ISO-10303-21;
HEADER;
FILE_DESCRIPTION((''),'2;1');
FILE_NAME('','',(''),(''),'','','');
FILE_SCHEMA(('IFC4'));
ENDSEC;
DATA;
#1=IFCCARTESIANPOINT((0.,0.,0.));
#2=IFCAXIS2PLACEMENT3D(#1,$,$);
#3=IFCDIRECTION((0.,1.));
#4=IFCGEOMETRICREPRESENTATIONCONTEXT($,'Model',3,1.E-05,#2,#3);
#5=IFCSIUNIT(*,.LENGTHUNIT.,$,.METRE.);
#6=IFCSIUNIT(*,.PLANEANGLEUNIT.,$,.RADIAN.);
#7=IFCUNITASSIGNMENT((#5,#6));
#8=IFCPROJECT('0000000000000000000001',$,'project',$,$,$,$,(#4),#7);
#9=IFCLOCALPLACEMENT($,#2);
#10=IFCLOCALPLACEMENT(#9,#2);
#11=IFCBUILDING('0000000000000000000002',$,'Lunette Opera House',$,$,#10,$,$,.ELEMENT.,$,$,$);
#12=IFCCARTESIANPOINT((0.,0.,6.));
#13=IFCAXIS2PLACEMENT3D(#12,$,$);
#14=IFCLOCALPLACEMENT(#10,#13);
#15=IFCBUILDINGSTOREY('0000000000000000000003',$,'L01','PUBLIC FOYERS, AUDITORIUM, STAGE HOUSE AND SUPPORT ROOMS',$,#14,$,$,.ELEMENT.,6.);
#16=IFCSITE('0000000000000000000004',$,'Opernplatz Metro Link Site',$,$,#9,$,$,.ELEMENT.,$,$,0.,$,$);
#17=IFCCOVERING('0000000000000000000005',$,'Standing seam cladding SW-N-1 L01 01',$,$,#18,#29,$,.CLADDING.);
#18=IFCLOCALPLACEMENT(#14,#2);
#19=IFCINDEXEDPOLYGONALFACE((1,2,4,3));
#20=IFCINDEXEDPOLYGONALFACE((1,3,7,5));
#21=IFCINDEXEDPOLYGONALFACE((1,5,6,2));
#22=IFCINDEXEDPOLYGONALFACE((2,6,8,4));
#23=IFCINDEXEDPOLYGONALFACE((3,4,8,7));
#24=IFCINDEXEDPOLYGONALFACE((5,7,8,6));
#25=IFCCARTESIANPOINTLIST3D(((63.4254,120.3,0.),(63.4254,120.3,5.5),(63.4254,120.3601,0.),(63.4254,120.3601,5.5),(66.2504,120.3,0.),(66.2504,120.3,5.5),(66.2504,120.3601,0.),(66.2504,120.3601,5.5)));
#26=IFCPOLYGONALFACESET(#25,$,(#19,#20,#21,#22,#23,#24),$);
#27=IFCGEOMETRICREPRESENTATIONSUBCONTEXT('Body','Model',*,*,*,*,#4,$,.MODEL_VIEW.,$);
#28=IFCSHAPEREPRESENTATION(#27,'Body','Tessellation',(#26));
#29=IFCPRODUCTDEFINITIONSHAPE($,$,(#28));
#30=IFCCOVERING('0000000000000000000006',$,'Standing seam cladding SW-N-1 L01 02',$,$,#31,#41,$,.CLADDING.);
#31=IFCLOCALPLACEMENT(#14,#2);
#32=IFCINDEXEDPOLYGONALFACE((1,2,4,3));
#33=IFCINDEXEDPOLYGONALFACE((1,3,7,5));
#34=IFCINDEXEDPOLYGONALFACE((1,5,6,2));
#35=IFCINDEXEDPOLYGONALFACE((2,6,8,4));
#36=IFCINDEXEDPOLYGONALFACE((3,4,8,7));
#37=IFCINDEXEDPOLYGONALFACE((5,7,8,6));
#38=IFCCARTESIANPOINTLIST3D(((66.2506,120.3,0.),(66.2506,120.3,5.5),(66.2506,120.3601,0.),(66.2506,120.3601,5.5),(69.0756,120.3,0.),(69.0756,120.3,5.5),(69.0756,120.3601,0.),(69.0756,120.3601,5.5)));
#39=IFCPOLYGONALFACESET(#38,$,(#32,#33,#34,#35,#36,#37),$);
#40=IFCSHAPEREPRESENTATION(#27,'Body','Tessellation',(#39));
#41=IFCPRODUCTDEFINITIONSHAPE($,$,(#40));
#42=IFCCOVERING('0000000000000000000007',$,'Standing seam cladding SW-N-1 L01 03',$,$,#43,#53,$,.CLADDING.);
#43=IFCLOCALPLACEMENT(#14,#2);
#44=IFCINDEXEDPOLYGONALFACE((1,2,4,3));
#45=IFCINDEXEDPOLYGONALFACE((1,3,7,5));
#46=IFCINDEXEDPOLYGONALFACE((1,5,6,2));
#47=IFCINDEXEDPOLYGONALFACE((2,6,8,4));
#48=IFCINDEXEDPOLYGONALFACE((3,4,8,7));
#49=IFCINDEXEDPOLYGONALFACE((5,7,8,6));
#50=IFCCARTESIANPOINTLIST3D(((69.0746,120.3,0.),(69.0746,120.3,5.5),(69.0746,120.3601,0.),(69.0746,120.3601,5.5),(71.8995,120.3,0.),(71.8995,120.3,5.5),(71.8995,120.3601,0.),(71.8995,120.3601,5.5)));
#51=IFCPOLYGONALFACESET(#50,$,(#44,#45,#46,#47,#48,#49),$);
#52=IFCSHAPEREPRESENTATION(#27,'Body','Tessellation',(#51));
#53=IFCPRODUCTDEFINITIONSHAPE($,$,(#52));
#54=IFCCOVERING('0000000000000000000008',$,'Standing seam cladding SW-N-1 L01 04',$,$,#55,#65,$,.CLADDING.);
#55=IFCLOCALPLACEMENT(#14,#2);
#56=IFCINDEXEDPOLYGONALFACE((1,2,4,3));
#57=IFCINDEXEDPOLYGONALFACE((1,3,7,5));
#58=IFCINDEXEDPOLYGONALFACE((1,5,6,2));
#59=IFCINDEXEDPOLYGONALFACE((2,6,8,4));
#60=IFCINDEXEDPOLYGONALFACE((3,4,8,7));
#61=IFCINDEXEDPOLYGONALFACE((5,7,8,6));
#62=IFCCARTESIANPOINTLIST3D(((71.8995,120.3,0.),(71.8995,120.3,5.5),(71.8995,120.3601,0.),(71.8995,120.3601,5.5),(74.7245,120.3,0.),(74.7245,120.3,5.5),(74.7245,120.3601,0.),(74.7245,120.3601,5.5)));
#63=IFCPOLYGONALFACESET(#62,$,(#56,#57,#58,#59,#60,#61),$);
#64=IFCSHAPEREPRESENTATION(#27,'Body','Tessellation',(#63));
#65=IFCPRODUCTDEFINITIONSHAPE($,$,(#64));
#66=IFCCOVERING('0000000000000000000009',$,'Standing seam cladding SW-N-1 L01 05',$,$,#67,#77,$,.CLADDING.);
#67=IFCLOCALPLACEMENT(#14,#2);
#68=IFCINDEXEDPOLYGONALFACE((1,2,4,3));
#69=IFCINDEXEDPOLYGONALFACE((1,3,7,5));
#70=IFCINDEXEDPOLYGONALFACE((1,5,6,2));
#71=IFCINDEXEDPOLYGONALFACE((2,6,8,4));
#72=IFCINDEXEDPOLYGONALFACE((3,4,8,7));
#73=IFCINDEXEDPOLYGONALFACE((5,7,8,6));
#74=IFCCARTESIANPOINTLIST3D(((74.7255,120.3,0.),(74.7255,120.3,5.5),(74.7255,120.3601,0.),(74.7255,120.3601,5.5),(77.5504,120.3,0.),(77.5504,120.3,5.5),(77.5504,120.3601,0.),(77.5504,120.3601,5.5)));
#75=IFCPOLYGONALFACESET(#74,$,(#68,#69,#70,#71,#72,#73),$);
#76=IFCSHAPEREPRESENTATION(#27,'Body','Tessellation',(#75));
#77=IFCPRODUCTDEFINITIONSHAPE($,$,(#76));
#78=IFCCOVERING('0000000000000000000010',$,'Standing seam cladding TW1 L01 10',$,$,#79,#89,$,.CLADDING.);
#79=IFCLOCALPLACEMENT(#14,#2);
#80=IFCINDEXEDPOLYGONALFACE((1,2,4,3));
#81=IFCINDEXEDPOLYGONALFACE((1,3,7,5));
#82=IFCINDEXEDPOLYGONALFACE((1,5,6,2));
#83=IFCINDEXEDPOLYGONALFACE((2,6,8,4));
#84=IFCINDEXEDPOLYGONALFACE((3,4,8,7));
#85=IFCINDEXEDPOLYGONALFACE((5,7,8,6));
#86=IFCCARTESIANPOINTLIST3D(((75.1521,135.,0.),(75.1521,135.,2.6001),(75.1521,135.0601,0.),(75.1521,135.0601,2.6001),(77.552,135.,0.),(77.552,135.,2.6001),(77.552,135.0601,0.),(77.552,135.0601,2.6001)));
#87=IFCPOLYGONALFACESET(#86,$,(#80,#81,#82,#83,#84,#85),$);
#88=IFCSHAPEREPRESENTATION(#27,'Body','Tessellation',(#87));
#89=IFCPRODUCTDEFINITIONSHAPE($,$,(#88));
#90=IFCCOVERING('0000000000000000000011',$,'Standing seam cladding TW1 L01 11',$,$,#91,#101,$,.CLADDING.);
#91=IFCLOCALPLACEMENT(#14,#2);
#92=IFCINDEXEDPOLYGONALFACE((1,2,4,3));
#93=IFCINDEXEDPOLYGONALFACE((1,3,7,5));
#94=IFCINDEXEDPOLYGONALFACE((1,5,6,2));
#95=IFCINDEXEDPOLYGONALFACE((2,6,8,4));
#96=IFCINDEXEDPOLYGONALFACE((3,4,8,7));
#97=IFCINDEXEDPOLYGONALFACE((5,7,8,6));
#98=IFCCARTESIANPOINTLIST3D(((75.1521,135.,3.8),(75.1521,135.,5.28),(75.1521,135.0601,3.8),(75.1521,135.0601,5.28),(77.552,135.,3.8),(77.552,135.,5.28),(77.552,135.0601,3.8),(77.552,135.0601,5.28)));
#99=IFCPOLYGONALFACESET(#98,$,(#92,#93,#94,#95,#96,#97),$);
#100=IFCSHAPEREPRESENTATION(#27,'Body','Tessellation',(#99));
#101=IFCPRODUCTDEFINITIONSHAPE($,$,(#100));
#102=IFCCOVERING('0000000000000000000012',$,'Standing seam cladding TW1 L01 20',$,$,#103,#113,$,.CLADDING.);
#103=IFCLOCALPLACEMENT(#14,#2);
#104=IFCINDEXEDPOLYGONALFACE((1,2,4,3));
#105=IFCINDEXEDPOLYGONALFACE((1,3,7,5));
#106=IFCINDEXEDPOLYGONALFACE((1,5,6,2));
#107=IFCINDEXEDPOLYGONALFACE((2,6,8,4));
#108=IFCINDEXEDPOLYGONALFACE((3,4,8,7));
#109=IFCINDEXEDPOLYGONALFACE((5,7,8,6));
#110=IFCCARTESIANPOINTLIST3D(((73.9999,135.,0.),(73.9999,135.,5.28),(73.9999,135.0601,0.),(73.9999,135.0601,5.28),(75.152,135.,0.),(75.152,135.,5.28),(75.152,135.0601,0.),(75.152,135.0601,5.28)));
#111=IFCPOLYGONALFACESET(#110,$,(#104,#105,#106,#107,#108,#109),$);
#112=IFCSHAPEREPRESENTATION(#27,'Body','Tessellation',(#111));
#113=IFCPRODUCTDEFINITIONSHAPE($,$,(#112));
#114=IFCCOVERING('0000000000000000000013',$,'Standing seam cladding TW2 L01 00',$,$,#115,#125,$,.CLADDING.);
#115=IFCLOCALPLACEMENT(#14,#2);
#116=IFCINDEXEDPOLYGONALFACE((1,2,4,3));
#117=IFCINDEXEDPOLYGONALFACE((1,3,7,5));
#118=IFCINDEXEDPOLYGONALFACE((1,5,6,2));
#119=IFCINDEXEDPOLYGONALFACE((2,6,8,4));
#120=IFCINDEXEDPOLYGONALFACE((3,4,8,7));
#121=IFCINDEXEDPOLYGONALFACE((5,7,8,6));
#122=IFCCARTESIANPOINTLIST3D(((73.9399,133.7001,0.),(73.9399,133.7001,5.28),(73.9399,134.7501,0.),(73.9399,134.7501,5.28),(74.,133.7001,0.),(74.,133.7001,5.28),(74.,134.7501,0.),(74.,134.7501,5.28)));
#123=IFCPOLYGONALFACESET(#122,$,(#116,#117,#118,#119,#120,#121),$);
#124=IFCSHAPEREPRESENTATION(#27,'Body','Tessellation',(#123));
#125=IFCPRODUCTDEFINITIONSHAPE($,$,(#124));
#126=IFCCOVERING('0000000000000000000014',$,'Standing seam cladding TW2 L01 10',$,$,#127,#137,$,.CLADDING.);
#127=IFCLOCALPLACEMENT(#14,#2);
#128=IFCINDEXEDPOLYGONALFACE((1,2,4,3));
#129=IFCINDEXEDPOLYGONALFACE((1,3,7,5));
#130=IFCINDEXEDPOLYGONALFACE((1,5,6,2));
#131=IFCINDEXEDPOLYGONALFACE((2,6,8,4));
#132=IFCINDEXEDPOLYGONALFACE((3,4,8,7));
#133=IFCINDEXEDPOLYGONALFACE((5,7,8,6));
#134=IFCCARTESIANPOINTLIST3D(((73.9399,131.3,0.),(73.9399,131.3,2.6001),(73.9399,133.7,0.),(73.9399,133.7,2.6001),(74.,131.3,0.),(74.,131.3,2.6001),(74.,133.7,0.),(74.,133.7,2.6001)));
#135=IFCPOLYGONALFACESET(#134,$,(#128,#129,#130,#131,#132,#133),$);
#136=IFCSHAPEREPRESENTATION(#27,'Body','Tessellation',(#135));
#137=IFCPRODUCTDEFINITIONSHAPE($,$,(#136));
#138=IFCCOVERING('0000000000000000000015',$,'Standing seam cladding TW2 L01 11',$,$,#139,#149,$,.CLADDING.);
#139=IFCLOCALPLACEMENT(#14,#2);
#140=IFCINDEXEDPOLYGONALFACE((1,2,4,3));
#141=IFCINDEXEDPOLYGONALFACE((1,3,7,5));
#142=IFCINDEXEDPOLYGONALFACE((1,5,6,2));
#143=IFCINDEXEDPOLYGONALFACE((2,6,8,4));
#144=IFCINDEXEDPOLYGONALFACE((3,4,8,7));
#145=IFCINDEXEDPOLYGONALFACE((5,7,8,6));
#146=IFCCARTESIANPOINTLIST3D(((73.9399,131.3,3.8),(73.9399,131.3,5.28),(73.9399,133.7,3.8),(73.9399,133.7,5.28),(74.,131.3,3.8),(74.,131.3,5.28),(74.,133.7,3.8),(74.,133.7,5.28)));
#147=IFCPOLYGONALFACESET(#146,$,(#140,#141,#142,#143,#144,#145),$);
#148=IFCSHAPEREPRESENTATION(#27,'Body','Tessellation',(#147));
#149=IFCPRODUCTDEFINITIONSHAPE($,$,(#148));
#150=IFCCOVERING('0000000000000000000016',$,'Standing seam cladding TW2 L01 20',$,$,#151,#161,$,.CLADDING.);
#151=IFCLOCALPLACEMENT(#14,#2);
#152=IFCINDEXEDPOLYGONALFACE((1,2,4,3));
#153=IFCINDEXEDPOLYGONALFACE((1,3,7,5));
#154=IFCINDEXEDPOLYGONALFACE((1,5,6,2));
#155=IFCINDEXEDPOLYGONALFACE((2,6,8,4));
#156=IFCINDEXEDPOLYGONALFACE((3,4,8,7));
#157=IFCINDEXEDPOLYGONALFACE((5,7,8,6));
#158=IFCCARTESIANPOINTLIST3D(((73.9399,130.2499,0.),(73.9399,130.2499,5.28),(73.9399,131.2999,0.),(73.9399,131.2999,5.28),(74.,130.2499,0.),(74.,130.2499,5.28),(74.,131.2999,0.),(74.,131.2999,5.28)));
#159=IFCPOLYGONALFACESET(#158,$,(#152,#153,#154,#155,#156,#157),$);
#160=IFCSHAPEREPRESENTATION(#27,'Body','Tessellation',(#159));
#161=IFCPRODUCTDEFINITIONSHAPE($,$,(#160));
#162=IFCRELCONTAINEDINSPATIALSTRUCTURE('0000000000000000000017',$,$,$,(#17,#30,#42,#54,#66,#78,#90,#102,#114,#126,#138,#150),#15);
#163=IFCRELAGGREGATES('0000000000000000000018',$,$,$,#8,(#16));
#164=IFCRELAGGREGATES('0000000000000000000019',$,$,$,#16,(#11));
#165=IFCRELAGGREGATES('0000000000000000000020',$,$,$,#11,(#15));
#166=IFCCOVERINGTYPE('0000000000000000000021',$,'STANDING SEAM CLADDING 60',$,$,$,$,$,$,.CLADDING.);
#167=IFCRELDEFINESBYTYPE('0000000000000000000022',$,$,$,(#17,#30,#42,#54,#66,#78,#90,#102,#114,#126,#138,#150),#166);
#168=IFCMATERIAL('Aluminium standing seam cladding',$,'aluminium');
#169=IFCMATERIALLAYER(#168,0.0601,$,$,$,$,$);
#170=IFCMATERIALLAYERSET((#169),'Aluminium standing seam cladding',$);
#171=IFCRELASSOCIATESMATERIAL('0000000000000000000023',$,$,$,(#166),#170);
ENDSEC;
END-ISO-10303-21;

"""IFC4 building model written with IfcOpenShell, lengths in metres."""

from ifc_helpers import new_model, si_unit, direction, frame, origin, origin_2d, place, context, subcontext, project, spatial, rectangle, extrude, material, layer, layer_set, type_object, element, save


model = new_model("IFC4")

# Units and contexts
model_context = context("Model", 3, precision=1e-05, world=origin(), true_north=direction((0.0, 1.0)))
body_context = subcontext(model_context, "Body", "Model", "MODEL_VIEW")
ifc_project = project(units=[si_unit("LENGTHUNIT", "METRE"), si_unit("PLANEANGLEUNIT", "RADIAN")], contexts=[model_context])

# Site, building, storey
site_placement = place(None, origin())
site = spatial("IfcSite", under=ifc_project, at=site_placement, Name="Opernplatz Metro Link Site", CompositionType="ELEMENT", RefElevation=0.0)
building_placement = place(site_placement, origin())
building = spatial("IfcBuilding", under=site, at=building_placement, Name="Lunette Opera House", CompositionType="ELEMENT")
storey_placement = place(building_placement, frame((0.0, 0.0, 6.0)))
storey = spatial("IfcBuildingStorey", under=building, at=storey_placement, Name="L01", Description="PUBLIC FOYERS, AUDITORIUM, STAGE HOUSE AND SUPPORT ROOMS", CompositionType="ELEMENT", Elevation=6.0)

# Coverings
ifc_material_1 = material(Name="Aluminium standing seam cladding", Category="aluminium")
ifc_layer_1 = layer(ifc_material_1, 0.0601)
ifc_layer_set_1 = layer_set([ifc_layer_1], Name="Aluminium standing seam cladding")
covering_type = type_object("IfcCoveringType", Name="STANDING SEAM CLADDING 60", PredefinedType="CLADDING", material=ifc_layer_set_1)
for number, where, z_axis, x_axis, name in (
    (1, (64.8379, 120.3301, 0.0), (0.0, 0.0, 1.0), (1.0, 0.0, 0.0), "Standing seam cladding SW-N-1 L01 01"),
    (2, (67.6631, 120.3301, 0.0), (0.0, 0.0, 1.0), (1.0, 0.0, 0.0), "Standing seam cladding SW-N-1 L01 02"),
    (3, (70.4871, 120.3301, 0.0), (0.0, 0.0, 1.0), (1.0, 0.0, 0.0), "Standing seam cladding SW-N-1 L01 03"),
    (4, (73.312, 120.3301, 0.0), (0.0, 0.0, 1.0), (1.0, 0.0, 0.0), "Standing seam cladding SW-N-1 L01 04"),
    (5, (76.1379, 120.3301, 0.0), (0.0, 0.0, 1.0), (1.0, 0.0, 0.0), "Standing seam cladding SW-N-1 L01 05"),
):
    element("IfcCovering", number, at=place(storey_placement, frame(where, z_axis=z_axis, x_axis=x_axis)), inside=storey, type_object=covering_type, Name=name, PredefinedType="CLADDING", context=body_context, shape_type="SweptSolid", body=[
        extrude(rectangle(XDim=2.825, YDim=0.0601, at=origin_2d()), origin(), (0.0, 0.0, 1.0), 5.5),
    ])
covering_1_placement = place(storey_placement, frame((76.3521, 135.03, 0.0), z_axis=(0.0, 0.0, 1.0), x_axis=(-1.0, 0.0, 0.0)))
element("IfcCovering", 6, at=covering_1_placement, inside=storey, type_object=covering_type, Name="Standing seam cladding TW1 L01 10", PredefinedType="CLADDING", context=body_context, shape_type="SweptSolid", body=[
    extrude(rectangle(XDim=2.3999, YDim=0.0601, at=origin_2d()), origin(), (0.0, 0.0, 1.0), 2.6001),
])
covering_2_placement = place(storey_placement, frame((76.3521, 135.03, 3.8), z_axis=(0.0, 0.0, 1.0), x_axis=(-1.0, 0.0, 0.0)))
element("IfcCovering", 7, at=covering_2_placement, inside=storey, type_object=covering_type, Name="Standing seam cladding TW1 L01 11", PredefinedType="CLADDING", context=body_context, shape_type="SweptSolid", body=[
    extrude(rectangle(XDim=2.3999, YDim=0.0601, at=origin_2d()), origin(), (0.0, 0.0, 1.0), 1.48),
])
covering_3_placement = place(storey_placement, frame((74.5759, 135.03, 0.0), z_axis=(0.0, 0.0, 1.0), x_axis=(-1.0, 0.0, 0.0)))
element("IfcCovering", 8, at=covering_3_placement, inside=storey, type_object=covering_type, Name="Standing seam cladding TW1 L01 20", PredefinedType="CLADDING", context=body_context, shape_type="SweptSolid", body=[
    extrude(rectangle(XDim=1.1521, YDim=0.0601, at=origin_2d()), origin(), (0.0, 0.0, 1.0), 5.28),
])
covering_4_placement = place(storey_placement, frame((73.97, 134.2251, 0.0), z_axis=(0.0, 0.0, 1.0), x_axis=(0.0, -1.0, 0.0)))
element("IfcCovering", 9, at=covering_4_placement, inside=storey, type_object=covering_type, Name="Standing seam cladding TW2 L01 00", PredefinedType="CLADDING", context=body_context, shape_type="SweptSolid", body=[
    extrude(rectangle(XDim=1.05, YDim=0.0601, at=origin_2d()), origin(), (0.0, 0.0, 1.0), 5.28),
])
covering_5_placement = place(storey_placement, frame((73.97, 132.5, 0.0), z_axis=(0.0, 0.0, 1.0), x_axis=(0.0, -1.0, 0.0)))
element("IfcCovering", 10, at=covering_5_placement, inside=storey, type_object=covering_type, Name="Standing seam cladding TW2 L01 10", PredefinedType="CLADDING", context=body_context, shape_type="SweptSolid", body=[
    extrude(rectangle(XDim=2.3999, YDim=0.0601, at=origin_2d()), origin(), (0.0, 0.0, 1.0), 2.6001),
])
covering_6_placement = place(storey_placement, frame((73.97, 132.5, 3.8), z_axis=(0.0, 0.0, 1.0), x_axis=(0.0, -1.0, 0.0)))
element("IfcCovering", 11, at=covering_6_placement, inside=storey, type_object=covering_type, Name="Standing seam cladding TW2 L01 11", PredefinedType="CLADDING", context=body_context, shape_type="SweptSolid", body=[
    extrude(rectangle(XDim=2.3999, YDim=0.0601, at=origin_2d()), origin(), (0.0, 0.0, 1.0), 1.48),
])
covering_7_placement = place(storey_placement, frame((73.97, 130.7749, 0.0), z_axis=(0.0, 0.0, 1.0), x_axis=(0.0, -1.0, 0.0)))
element("IfcCovering", 12, at=covering_7_placement, inside=storey, type_object=covering_type, Name="Standing seam cladding TW2 L01 20", PredefinedType="CLADDING", context=body_context, shape_type="SweptSolid", body=[
    extrude(rectangle(XDim=1.05, YDim=0.0601, at=origin_2d()), origin(), (0.0, 0.0, 1.0), 5.28),
])

save(model, "model.ifc")
